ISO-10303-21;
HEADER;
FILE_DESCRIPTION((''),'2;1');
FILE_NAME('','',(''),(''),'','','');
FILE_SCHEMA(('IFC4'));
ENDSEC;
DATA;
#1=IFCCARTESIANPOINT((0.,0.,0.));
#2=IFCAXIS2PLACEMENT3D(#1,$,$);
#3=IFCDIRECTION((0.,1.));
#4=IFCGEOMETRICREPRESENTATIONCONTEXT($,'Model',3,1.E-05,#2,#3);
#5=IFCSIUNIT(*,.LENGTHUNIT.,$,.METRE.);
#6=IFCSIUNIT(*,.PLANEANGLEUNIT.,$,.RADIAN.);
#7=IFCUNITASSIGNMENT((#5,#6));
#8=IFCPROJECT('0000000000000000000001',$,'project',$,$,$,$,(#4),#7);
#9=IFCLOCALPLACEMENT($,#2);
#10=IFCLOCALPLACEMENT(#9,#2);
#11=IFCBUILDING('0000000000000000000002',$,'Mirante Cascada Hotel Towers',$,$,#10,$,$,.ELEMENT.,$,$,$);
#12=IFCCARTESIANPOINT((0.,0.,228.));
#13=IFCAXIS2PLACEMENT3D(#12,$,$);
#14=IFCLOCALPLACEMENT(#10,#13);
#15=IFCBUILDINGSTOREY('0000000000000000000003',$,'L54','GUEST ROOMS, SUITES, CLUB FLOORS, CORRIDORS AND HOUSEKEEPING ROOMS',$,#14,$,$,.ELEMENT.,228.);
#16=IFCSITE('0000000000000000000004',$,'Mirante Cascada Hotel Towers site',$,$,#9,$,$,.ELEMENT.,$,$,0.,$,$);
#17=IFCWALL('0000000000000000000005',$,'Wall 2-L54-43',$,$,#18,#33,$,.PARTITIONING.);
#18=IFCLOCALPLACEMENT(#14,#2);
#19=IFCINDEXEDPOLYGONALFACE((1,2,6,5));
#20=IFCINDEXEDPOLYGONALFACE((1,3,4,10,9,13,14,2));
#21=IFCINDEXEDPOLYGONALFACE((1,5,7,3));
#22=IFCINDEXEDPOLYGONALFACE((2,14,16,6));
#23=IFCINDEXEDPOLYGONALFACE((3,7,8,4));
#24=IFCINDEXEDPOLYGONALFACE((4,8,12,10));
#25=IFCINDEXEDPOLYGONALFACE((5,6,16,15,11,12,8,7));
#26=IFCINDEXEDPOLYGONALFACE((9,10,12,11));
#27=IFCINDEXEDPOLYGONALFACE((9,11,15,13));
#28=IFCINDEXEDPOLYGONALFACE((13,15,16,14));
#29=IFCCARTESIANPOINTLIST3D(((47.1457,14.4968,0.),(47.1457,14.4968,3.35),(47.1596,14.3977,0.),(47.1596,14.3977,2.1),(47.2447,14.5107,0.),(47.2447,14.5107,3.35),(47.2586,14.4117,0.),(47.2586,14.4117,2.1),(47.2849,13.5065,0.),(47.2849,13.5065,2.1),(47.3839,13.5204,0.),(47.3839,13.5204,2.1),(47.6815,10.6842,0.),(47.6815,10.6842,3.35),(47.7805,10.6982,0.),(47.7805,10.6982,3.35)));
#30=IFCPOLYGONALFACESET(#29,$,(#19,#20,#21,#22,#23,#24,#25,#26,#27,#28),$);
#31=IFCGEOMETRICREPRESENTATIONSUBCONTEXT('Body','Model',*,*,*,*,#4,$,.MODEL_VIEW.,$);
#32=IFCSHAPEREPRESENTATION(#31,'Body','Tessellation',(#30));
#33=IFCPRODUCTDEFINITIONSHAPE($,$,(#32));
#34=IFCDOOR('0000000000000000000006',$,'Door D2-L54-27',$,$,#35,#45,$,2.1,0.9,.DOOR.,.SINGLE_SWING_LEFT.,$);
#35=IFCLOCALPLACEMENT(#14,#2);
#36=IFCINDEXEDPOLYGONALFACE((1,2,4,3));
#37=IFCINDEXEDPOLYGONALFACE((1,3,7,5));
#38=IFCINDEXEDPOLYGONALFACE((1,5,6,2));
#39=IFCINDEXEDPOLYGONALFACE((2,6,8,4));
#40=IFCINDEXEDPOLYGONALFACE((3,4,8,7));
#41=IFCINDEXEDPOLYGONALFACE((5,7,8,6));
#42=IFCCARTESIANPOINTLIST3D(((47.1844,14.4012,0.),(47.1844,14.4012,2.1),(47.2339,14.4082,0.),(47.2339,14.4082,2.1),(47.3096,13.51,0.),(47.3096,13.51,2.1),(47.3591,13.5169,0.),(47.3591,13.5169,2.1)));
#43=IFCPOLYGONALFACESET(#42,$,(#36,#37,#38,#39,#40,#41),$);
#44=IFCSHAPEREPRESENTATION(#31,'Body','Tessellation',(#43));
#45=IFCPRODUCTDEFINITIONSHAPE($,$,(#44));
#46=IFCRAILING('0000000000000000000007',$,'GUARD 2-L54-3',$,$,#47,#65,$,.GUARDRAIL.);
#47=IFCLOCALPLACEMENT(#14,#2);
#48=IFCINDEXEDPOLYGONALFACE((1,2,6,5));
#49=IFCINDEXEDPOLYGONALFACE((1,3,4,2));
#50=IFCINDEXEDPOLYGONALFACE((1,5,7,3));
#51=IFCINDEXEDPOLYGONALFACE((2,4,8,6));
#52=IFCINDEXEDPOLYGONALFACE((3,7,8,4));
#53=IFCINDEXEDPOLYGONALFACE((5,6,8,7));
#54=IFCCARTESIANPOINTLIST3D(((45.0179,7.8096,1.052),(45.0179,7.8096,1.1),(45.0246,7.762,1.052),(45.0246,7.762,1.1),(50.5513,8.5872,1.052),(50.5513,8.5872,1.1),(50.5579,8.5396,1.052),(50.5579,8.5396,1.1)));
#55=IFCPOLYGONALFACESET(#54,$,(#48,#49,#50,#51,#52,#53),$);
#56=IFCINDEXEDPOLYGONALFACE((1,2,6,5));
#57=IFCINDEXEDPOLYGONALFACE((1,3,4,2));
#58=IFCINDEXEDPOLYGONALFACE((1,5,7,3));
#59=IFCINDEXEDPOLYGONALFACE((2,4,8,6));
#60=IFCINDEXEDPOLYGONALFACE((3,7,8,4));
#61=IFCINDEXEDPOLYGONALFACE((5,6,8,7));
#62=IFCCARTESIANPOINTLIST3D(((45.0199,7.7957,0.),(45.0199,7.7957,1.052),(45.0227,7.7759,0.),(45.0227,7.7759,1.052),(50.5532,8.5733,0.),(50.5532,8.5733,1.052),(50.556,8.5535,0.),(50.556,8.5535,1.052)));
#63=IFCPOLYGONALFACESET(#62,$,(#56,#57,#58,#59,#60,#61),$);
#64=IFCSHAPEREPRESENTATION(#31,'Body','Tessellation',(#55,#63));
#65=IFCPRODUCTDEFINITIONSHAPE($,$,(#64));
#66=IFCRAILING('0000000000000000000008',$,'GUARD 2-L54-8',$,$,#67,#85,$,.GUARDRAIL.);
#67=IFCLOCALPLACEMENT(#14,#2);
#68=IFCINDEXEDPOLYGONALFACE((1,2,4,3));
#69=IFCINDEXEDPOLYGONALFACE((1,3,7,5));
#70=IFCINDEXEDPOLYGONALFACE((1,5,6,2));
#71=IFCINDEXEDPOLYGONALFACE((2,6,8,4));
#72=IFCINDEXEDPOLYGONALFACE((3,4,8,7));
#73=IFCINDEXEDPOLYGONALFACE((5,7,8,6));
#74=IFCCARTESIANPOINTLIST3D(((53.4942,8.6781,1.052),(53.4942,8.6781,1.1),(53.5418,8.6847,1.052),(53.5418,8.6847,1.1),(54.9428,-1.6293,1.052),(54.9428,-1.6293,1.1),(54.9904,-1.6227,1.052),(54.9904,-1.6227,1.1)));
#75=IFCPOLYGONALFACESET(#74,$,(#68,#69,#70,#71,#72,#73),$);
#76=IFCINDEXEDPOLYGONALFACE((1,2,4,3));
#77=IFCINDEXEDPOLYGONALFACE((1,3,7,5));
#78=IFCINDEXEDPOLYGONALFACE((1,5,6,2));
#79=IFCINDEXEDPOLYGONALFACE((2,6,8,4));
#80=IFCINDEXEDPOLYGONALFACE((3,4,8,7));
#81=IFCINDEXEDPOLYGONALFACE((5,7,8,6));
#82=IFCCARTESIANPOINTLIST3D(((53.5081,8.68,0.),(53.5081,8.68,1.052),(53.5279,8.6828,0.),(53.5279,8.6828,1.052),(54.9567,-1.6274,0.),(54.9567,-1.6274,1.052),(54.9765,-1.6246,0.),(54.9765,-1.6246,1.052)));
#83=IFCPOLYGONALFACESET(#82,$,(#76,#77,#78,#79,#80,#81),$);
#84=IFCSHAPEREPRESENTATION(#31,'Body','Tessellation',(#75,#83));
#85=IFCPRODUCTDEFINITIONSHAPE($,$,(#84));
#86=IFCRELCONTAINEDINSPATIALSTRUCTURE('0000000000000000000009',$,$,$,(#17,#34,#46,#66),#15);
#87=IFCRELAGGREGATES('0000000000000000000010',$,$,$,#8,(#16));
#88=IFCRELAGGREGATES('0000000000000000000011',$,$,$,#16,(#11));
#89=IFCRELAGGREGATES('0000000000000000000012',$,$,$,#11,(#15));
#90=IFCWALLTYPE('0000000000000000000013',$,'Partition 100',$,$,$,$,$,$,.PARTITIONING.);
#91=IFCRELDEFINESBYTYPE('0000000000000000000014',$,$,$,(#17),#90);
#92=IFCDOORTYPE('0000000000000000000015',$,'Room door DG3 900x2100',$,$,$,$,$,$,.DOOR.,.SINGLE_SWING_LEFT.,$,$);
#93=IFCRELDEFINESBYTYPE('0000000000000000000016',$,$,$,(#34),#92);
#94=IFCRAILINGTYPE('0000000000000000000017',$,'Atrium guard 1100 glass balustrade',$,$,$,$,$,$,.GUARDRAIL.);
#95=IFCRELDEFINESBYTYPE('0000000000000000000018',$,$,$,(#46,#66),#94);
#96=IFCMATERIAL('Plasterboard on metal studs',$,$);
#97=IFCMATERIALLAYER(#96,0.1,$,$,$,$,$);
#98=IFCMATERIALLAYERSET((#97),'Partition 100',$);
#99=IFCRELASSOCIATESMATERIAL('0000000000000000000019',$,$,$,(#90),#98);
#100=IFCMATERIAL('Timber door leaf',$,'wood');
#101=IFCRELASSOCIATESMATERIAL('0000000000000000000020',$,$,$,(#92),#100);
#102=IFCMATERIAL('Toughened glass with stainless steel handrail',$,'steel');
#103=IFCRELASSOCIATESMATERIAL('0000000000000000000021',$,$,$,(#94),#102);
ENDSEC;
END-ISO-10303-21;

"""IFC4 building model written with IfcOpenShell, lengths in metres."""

from ifc_helpers import new_model, si_unit, direction, frame, frame_2d, origin, origin_2d, place, context, subcontext, project, spatial, rectangle, extrude, material, layer, layer_set, type_object, element, fill, save


model = new_model("IFC4")

# Units and contexts
model_context = context("Model", 3, precision=1e-05, world=origin(), true_north=direction((0.0, 1.0)))
body_context = subcontext(model_context, "Body", "Model", "MODEL_VIEW")
ifc_project = project(units=[si_unit("LENGTHUNIT", "METRE"), si_unit("PLANEANGLEUNIT", "RADIAN")], contexts=[model_context])

# Site, building, storey
site_placement = place(None, origin())
site = spatial("IfcSite", under=ifc_project, at=site_placement, Name="Mirante Cascada Hotel Towers site", CompositionType="ELEMENT", RefElevation=0.0)
building_placement = place(site_placement, origin())
building = spatial("IfcBuilding", under=site, at=building_placement, Name="Mirante Cascada Hotel Towers", CompositionType="ELEMENT")
storey_placement = place(building_placement, frame((0.0, 0.0, 228.0)))
storey = spatial("IfcBuildingStorey", under=building, at=storey_placement, Name="L54", Description="GUEST ROOMS, SUITES, CLUB FLOORS, CORRIDORS AND HOUSEKEEPING ROOMS", CompositionType="ELEMENT", Elevation=228.0)

# Shared definitions
ifc_material_1 = material(Name="Plasterboard on metal studs")
ifc_layer_1 = layer(ifc_material_1, 0.1)
ifc_layer_set_1 = layer_set([ifc_layer_1], Name="Partition 100")
wall_type_1 = type_object("IfcWallType", Name="Partition 100", PredefinedType="PARTITIONING", material=ifc_layer_set_1)

# Wall, opening, door
ifc_material_2 = material(Name="Timber door leaf", Category="wood")
door_type_1 = type_object("IfcDoorType", Name="Room door DG3 900x2100", OperationType="SINGLE_SWING_LEFT", PredefinedType="DOOR", material=ifc_material_2)
wall_1_placement = place(storey_placement, frame((47.731, 10.6912, 0.0), z_axis=(0.0, 0.0, 1.0), x_axis=(-0.13917, 0.990268, 0.0)))
wall_1 = element("IfcWall", 1, at=wall_1_placement, inside=storey, type_object=wall_type_1, Name="Wall 2-L54-43", PredefinedType="PARTITIONING", context=body_context, shape_type="SweptSolid", body=[
    extrude(rectangle(XDim=3.85, YDim=0.1, at=frame_2d((1.925, 0.0))), origin(), (0.0, 0.0, 1.0), 3.35),
])
opening_1_placement = place(wall_1_placement, frame((2.85, 0.0, 0.0)))
opening_1 = element("IfcOpeningElement", 2, at=opening_1_placement, cuts=wall_1, PredefinedType="OPENING", context=body_context, shape_type="SweptSolid", body=[
    extrude(rectangle(XDim=0.9, YDim=2.1, at=frame_2d((0.45, 1.05))), frame((0.0, 0.05, 0.0), z_axis=(0.0, -1.0, 0.0), x_axis=(1.0, 0.0, 0.0)), (0.0, 0.0, 1.0), 0.1),
])
door_1_placement = place(opening_1_placement, origin())
door_1 = element("IfcDoor", 3, at=door_1_placement, inside=storey, type_object=door_type_1, Name="Door D2-L54-27", OperationType="SINGLE_SWING_LEFT", OverallHeight=2.1, OverallWidth=0.9, PredefinedType="DOOR", context=body_context, shape_type="SweptSolid", body=[
    extrude(rectangle(XDim=0.9, YDim=2.1, at=frame_2d((0.45, 1.05))), frame((0.0, 0.025, 0.0), z_axis=(0.0, -1.0, 0.0), x_axis=(1.0, 0.0, 0.0)), (0.0, 0.0, 1.0), 0.05),
])
fill(opening_1, door_1)

# Railings
ifc_material_3 = material(Name="Toughened glass with stainless steel handrail", Category="steel")
railing_type = type_object("IfcRailingType", Name="Atrium guard 1100 glass balustrade", PredefinedType="GUARDRAIL", material=ifc_material_3)
railing_1_placement = place(storey_placement, frame((50.5546, 8.5634, 0.0)))
element("IfcRailing", 4, at=railing_1_placement, inside=storey, type_object=railing_type, Name="GUARD 2-L54-3", PredefinedType="GUARDRAIL", context=body_context, shape_type="SweptSolid", body=[
    extrude(rectangle(XDim=0.048, YDim=0.048, at=origin_2d()), frame((0.0, 0.0, 1.076), z_axis=(-0.990269, -0.139163, 0.0), x_axis=(0.139163, -0.990269, 0.0)), (0.0, 0.0, 1.0), 5.5877),
    extrude(rectangle(XDim=0.02, YDim=1.052, at=origin_2d()), frame((0.0, 0.0, 0.526), z_axis=(-0.990269, -0.139163, 0.0), x_axis=(0.139163, -0.990269, 0.0)), (0.0, 0.0, 1.0), 5.5877),
])
railing_2_placement = place(storey_placement, frame((53.518, 8.6814, 0.0)))
element("IfcRailing", 5, at=railing_2_placement, inside=storey, type_object=railing_type, Name="GUARD 2-L54-8", PredefinedType="GUARDRAIL", context=body_context, shape_type="SweptSolid", body=[
    extrude(rectangle(XDim=0.048, YDim=0.048, at=origin_2d()), frame((0.0, 0.0, 1.076), z_axis=(0.139172, -0.990268, 0.0), x_axis=(0.990268, 0.139172, 0.0)), (0.0, 0.0, 1.0), 10.4087),
    extrude(rectangle(XDim=0.02, YDim=1.052, at=origin_2d()), frame((0.0, 0.0, 0.526), z_axis=(0.139172, -0.990268, 0.0), x_axis=(0.990268, 0.139172, 0.0)), (0.0, 0.0, 1.0), 10.4087),
])

save(model, "model.ifc")
